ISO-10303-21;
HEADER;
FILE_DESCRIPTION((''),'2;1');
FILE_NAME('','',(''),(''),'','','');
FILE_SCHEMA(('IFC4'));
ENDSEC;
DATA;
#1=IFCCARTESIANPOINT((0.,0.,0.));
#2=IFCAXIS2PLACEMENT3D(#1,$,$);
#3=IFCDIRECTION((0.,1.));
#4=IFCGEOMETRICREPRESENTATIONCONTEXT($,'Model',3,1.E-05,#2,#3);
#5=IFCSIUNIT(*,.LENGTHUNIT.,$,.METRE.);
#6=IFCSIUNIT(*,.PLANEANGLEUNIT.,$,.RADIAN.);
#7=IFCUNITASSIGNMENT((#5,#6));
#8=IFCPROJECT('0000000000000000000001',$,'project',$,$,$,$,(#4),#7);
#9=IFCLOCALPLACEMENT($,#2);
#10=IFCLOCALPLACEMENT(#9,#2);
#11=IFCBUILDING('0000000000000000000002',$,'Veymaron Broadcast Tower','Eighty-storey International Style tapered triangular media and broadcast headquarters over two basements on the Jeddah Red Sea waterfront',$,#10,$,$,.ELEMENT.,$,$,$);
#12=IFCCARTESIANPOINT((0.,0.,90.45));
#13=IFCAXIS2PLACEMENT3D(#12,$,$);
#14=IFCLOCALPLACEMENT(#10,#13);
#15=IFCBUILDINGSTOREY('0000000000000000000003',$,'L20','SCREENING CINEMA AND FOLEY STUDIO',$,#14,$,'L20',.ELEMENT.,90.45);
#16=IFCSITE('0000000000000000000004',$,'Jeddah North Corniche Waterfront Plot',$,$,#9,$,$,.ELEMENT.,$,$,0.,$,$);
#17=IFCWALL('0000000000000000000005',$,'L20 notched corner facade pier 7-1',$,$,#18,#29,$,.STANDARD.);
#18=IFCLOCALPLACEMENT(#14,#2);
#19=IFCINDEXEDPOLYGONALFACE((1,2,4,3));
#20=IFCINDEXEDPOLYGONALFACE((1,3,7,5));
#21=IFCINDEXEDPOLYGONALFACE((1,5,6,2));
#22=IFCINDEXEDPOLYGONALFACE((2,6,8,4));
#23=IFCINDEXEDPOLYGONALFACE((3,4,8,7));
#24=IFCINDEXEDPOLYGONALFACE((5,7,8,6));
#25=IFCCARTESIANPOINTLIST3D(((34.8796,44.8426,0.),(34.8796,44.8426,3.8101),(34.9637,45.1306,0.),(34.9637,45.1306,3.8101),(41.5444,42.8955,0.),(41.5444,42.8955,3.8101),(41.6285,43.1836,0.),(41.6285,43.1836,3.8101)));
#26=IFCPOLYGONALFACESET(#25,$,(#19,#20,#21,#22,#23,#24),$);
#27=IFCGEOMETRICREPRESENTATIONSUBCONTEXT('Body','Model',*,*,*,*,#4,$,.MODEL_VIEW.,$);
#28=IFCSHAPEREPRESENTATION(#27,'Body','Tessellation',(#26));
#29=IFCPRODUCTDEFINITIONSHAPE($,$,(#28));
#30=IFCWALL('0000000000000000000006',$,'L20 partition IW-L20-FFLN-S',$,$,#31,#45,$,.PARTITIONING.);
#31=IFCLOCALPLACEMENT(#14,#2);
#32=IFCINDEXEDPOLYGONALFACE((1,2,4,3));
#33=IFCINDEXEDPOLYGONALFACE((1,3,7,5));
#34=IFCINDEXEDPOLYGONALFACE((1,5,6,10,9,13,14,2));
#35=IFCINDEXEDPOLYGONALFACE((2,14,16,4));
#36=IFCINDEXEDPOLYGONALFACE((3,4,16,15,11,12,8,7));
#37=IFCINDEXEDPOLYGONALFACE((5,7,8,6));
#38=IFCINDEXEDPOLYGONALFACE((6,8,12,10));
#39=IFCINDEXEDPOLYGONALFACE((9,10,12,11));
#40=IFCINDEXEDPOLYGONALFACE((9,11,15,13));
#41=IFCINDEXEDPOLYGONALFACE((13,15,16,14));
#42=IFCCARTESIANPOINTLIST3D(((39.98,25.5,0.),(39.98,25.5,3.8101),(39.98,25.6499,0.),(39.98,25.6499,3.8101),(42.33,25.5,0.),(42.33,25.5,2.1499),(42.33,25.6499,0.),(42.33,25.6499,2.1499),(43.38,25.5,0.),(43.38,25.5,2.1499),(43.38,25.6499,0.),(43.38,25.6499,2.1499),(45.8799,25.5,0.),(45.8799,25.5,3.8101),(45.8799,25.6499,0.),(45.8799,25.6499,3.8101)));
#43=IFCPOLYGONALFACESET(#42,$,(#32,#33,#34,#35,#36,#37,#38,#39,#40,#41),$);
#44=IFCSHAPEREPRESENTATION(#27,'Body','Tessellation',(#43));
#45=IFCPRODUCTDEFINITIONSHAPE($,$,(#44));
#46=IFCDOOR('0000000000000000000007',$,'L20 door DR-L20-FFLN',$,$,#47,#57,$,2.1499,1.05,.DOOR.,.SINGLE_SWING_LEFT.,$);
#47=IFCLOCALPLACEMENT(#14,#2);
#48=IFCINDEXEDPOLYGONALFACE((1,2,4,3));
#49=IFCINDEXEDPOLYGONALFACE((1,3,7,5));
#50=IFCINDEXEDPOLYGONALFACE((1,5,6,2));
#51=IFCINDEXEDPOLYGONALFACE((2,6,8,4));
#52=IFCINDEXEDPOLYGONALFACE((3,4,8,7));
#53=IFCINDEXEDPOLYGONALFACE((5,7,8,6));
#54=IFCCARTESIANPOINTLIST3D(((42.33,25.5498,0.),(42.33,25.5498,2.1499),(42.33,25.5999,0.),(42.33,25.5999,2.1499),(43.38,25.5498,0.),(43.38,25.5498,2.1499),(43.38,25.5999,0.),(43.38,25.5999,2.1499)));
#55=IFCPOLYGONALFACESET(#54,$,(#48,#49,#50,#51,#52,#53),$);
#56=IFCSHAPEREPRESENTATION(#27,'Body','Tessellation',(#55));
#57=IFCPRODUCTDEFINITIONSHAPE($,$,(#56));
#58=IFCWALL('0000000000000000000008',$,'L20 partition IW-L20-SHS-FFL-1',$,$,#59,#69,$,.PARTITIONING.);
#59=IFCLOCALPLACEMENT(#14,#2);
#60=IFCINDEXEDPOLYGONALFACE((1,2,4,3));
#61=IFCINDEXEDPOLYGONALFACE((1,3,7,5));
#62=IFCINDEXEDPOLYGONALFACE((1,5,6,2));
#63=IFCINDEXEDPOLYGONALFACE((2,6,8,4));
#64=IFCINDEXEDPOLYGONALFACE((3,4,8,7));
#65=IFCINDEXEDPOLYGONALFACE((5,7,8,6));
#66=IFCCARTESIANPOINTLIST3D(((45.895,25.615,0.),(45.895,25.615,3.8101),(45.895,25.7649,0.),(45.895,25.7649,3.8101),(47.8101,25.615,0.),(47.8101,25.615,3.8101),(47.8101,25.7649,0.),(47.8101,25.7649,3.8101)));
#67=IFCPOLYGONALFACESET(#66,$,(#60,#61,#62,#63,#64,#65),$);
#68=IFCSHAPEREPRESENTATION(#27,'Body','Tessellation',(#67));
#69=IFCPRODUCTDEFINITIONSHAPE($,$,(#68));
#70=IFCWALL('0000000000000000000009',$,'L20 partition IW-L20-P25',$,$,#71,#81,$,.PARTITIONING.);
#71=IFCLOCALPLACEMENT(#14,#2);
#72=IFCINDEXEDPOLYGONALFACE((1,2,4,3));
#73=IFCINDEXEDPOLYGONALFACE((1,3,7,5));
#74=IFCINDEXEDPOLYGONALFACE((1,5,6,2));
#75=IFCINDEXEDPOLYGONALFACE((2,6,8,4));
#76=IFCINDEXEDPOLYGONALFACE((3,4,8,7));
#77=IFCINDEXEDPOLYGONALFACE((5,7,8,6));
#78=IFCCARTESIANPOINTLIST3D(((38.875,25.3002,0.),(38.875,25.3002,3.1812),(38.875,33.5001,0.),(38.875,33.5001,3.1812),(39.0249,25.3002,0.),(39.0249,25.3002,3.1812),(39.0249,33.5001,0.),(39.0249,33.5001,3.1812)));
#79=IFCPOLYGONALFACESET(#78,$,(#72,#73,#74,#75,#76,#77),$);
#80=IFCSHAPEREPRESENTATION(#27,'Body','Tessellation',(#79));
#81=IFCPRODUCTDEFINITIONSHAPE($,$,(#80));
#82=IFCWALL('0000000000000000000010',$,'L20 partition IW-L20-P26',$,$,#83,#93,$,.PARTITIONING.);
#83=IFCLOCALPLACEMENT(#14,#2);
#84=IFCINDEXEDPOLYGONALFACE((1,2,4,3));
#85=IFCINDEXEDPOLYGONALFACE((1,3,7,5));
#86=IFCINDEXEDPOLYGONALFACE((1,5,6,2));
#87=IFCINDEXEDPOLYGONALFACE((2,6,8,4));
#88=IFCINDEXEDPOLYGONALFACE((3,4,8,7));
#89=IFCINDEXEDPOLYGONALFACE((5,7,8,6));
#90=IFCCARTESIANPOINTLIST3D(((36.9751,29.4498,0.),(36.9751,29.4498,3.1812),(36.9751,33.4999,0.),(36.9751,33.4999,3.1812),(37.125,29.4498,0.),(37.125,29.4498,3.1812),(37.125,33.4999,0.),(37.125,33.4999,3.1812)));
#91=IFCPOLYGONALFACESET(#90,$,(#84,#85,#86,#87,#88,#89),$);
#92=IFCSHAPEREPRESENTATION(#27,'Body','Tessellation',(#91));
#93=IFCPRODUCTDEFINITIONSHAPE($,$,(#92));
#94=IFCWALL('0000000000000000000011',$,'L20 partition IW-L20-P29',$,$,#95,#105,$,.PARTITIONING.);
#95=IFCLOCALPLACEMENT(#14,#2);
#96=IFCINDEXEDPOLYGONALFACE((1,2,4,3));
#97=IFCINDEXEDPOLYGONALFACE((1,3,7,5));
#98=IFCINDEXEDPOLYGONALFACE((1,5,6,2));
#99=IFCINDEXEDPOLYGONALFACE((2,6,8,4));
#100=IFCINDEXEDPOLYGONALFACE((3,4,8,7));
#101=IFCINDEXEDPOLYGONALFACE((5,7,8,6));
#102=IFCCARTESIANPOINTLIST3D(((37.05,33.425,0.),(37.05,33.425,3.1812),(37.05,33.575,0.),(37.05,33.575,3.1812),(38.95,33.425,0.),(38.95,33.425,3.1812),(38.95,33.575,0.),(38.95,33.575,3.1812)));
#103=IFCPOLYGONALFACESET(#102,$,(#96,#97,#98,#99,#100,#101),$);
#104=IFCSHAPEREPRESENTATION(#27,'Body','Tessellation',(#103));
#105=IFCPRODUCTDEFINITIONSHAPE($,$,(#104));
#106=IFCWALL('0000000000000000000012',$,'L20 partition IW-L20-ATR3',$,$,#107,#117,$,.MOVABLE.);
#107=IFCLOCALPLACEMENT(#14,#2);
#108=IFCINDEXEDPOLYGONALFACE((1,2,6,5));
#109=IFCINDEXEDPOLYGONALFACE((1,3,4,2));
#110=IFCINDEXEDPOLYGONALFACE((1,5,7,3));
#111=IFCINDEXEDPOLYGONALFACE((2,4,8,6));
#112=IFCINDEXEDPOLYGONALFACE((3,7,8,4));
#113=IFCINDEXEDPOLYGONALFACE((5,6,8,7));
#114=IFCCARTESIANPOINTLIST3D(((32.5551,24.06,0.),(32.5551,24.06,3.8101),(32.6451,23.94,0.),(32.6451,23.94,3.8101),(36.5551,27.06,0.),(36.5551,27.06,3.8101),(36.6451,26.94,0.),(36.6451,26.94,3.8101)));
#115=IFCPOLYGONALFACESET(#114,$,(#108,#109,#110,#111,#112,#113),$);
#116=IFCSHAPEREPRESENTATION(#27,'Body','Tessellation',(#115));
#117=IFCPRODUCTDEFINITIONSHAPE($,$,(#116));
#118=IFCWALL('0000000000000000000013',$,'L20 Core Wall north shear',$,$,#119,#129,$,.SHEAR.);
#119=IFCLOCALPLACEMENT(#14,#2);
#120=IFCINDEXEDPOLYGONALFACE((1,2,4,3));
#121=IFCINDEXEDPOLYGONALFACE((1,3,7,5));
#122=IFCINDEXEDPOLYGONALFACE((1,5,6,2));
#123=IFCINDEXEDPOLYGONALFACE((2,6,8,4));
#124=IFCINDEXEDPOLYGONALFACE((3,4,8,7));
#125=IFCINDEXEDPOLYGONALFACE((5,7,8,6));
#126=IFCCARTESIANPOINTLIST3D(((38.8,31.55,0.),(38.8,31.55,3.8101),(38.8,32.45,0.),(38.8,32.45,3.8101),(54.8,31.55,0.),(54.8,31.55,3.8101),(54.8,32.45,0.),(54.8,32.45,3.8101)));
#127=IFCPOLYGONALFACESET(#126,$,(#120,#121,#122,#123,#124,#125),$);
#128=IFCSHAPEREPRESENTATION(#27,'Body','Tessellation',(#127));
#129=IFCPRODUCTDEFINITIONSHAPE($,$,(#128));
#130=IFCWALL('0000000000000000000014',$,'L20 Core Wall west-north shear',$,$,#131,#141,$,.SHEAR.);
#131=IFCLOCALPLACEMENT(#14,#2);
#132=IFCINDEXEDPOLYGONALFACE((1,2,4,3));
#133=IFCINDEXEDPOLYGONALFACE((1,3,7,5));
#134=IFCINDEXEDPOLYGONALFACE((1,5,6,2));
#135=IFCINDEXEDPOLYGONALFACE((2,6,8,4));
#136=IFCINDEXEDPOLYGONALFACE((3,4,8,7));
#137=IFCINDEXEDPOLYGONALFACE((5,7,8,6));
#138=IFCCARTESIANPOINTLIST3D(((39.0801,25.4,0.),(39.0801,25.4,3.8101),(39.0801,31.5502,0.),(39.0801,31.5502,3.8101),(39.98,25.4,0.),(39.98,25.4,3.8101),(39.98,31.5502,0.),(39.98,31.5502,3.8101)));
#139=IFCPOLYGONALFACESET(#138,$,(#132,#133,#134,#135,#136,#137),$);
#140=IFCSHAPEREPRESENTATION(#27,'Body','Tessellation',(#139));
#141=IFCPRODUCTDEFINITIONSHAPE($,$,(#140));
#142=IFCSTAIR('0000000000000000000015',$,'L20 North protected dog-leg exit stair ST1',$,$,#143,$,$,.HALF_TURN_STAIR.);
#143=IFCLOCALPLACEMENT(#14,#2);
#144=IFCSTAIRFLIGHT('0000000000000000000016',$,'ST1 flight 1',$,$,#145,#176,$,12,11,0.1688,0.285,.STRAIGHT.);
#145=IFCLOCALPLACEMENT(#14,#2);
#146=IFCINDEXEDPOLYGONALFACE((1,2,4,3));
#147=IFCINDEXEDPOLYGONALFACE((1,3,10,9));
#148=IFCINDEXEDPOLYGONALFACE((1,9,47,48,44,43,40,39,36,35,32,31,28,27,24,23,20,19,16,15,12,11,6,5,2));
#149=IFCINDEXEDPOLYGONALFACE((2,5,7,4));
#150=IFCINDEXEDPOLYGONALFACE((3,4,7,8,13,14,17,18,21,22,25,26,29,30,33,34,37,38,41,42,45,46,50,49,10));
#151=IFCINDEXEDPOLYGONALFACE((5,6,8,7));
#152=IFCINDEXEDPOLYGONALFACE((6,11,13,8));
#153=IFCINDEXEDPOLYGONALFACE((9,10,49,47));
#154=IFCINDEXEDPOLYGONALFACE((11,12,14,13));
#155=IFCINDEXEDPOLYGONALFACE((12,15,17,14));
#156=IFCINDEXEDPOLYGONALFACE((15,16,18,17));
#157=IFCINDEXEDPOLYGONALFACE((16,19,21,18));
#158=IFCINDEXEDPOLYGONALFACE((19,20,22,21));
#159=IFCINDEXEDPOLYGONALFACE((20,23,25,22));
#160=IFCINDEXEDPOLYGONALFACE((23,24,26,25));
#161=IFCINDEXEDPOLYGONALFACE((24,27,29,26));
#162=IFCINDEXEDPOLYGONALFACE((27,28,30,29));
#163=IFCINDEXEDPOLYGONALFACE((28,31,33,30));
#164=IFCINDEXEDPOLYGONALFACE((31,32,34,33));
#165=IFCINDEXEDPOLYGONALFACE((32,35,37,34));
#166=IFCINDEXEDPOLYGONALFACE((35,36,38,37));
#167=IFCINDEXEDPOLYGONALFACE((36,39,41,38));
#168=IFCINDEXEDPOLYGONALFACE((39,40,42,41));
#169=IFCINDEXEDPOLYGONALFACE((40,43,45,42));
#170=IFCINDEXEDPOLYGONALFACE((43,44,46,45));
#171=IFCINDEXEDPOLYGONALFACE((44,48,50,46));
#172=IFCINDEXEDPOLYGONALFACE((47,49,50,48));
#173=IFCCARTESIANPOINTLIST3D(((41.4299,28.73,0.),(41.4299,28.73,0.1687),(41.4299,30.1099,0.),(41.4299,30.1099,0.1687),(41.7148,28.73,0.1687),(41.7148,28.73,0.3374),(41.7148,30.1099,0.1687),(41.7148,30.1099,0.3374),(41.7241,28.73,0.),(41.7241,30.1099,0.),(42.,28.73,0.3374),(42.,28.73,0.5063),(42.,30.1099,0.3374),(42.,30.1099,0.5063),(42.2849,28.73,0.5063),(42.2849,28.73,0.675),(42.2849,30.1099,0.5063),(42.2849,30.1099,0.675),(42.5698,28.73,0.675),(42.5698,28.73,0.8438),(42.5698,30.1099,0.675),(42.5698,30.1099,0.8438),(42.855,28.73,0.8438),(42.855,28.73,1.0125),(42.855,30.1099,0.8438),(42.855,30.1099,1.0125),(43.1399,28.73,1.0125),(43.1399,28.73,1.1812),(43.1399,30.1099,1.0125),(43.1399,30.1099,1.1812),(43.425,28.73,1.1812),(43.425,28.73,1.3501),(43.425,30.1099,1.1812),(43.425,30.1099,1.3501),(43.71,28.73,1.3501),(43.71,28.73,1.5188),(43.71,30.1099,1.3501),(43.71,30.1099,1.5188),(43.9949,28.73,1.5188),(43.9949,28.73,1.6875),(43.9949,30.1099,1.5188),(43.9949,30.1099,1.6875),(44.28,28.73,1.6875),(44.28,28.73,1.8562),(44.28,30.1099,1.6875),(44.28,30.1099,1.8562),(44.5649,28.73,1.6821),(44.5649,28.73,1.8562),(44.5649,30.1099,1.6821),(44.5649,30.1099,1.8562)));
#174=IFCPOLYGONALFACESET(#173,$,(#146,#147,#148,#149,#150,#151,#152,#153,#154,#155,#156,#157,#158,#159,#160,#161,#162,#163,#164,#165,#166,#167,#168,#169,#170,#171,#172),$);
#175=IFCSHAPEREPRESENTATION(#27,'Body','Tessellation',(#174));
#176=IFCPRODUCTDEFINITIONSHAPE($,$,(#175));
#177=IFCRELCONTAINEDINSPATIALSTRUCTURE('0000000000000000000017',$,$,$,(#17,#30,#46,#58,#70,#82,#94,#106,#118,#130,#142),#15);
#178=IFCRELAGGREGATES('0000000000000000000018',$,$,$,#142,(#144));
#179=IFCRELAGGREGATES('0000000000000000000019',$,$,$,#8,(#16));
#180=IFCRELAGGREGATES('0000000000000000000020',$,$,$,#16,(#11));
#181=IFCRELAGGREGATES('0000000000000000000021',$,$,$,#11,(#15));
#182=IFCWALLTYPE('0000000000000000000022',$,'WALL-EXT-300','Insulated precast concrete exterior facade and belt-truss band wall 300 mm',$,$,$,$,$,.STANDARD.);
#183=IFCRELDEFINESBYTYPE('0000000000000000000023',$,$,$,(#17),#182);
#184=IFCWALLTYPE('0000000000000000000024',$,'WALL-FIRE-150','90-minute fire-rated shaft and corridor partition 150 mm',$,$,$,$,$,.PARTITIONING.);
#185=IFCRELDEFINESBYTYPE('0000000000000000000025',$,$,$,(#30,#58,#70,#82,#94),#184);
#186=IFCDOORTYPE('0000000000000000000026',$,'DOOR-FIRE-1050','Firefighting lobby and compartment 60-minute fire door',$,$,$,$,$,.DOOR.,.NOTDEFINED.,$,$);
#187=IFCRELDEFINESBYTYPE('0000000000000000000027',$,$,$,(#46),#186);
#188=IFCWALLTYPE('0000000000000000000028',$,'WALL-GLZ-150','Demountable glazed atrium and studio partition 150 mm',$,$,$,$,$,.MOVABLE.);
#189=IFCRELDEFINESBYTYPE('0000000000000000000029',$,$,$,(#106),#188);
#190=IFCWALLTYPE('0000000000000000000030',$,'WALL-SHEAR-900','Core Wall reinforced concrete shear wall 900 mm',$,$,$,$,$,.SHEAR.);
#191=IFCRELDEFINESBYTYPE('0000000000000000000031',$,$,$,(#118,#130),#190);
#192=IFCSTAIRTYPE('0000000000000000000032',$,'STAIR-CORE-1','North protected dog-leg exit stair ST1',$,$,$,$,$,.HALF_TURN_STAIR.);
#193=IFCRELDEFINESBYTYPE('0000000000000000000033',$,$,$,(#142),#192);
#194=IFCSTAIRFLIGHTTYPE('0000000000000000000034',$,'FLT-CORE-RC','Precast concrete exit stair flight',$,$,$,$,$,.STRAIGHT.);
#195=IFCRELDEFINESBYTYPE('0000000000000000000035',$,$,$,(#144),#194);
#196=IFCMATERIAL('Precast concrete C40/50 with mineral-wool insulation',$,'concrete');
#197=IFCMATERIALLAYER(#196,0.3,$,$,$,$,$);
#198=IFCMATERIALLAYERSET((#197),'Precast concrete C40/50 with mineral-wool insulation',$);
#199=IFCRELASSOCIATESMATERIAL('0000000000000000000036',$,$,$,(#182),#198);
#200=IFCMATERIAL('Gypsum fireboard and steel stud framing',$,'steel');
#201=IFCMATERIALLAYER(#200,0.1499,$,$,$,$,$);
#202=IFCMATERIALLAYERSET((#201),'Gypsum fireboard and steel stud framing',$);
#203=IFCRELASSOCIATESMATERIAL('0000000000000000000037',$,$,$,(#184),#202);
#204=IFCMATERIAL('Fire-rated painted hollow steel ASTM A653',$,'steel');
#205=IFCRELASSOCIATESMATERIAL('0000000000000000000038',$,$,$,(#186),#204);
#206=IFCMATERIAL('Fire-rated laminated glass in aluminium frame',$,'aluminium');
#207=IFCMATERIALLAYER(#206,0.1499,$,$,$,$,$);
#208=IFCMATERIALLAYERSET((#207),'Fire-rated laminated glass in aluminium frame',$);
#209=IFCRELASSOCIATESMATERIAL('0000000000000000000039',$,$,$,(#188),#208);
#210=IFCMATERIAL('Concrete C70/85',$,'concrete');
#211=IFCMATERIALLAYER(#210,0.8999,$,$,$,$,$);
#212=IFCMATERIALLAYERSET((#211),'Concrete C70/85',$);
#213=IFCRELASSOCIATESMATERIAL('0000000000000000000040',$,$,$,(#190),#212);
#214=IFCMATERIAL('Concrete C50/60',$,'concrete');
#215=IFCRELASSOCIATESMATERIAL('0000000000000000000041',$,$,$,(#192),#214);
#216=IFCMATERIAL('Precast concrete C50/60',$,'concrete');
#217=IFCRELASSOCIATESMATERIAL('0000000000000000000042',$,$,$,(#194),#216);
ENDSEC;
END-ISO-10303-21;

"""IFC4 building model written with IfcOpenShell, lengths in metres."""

from ifc_helpers import new_model, si_unit, direction, frame, frame_2d, origin, place, context, subcontext, project, spatial, polyline, rectangle, outline, extrude, material, layer, layer_set, type_object, element, fill, aggregate, save


model = new_model("IFC4")

# Units and contexts
model_context = context("Model", 3, precision=1e-05, world=origin(), true_north=direction((0.0, 1.0)))
body_context = subcontext(model_context, "Body", "Model", "MODEL_VIEW")
ifc_project = project(units=[si_unit("LENGTHUNIT", "METRE"), si_unit("PLANEANGLEUNIT", "RADIAN")], contexts=[model_context])

# Site, building, storey
site_placement = place(None, origin())
site = spatial("IfcSite", under=ifc_project, at=site_placement, Name="Jeddah North Corniche Waterfront Plot", CompositionType="ELEMENT", RefElevation=0.0)
building_placement = place(site_placement, origin())
building = spatial("IfcBuilding", under=site, at=building_placement, Name="Veymaron Broadcast Tower", Description="Eighty-storey International Style tapered triangular media and broadcast headquarters over two basements on the Jeddah Red Sea waterfront", CompositionType="ELEMENT")
storey_placement = place(building_placement, frame((0.0, 0.0, 90.45)))
storey = spatial("IfcBuildingStorey", under=building, at=storey_placement, Name="L20", Description="SCREENING CINEMA AND FOLEY STUDIO", LongName="L20", CompositionType="ELEMENT", Elevation=90.45)

# Wall
ifc_material_1 = material(Name="Precast concrete C40/50 with mineral-wool insulation", Category="concrete")
ifc_layer_1 = layer(ifc_material_1, 0.3)
ifc_layer_set_1 = layer_set([ifc_layer_1], Name="Precast concrete C40/50 with mineral-wool insulation")
wall_type_1 = type_object("IfcWallType", Name="WALL-EXT-300", Description="Insulated precast concrete exterior facade and belt-truss band wall 300 mm", PredefinedType="STANDARD", material=ifc_layer_set_1)
wall_1_placement = place(storey_placement, frame((41.5864, 43.0396, 0.0), z_axis=(0.0, 0.0, 1.0), x_axis=(-0.959879, 0.280414, 0.0)))
element("IfcWall", 1, at=wall_1_placement, inside=storey, type_object=wall_type_1, Name="L20 notched corner facade pier 7-1", PredefinedType="STANDARD", context=body_context, shape_type="SweptSolid", body=[
    extrude(rectangle(XDim=6.9434, YDim=0.3, at=frame_2d((3.4717, 0.0))), origin(), (0.0, 0.0, 1.0), 3.8101),
])

# Wall, opening, door
ifc_material_2 = material(Name="Gypsum fireboard and steel stud framing", Category="steel")
ifc_layer_2 = layer(ifc_material_2, 0.1499)
ifc_layer_set_2 = layer_set([ifc_layer_2], Name="Gypsum fireboard and steel stud framing")
wall_type_2 = type_object("IfcWallType", Name="WALL-FIRE-150", Description="90-minute fire-rated shaft and corridor partition 150 mm", PredefinedType="PARTITIONING", material=ifc_layer_set_2)
wall_2_placement = place(storey_placement, frame((39.98, 25.575, 0.0), z_axis=(0.0, 0.0, 1.0), x_axis=(1.0, 0.0, 0.0)))
wall_2 = element("IfcWall", 2, at=wall_2_placement, inside=storey, type_object=wall_type_2, Name="L20 partition IW-L20-FFLN-S", PredefinedType="PARTITIONING", context=body_context, shape_type="SweptSolid", body=[
    extrude(rectangle(XDim=5.8999, YDim=0.1499, at=frame_2d((2.95, 0.0))), origin(), (0.0, 0.0, 1.0), 3.8101),
])
opening_1_placement = place(wall_2_placement, frame((2.3501, 0.0, 0.0)))
opening_1 = element("IfcOpeningElement", 3, at=opening_1_placement, cuts=wall_2, PredefinedType="OPENING", context=body_context, shape_type="SweptSolid", body=[
    extrude(rectangle(XDim=1.05, YDim=2.1499, at=frame_2d((0.5249, 1.075))), frame((0.0, 0.085, 0.0), z_axis=(0.0, -1.0, 0.0), x_axis=(1.0, 0.0, 0.0)), (0.0, 0.0, 1.0), 0.1699),
])
ifc_material_3 = material(Name="Fire-rated painted hollow steel ASTM A653", Category="steel")
door_type_1 = type_object("IfcDoorType", Name="DOOR-FIRE-1050", Description="Firefighting lobby and compartment 60-minute fire door", OperationType="NOTDEFINED", PredefinedType="DOOR", material=ifc_material_3)
door_1_placement = place(opening_1_placement, origin())
door_1 = element("IfcDoor", 4, at=door_1_placement, inside=storey, type_object=door_type_1, Name="L20 door DR-L20-FFLN", OperationType="SINGLE_SWING_LEFT", OverallHeight=2.1499, OverallWidth=1.05, PredefinedType="DOOR", context=body_context, shape_type="SweptSolid", body=[
    extrude(rectangle(XDim=1.05, YDim=2.1499, at=frame_2d((0.5249, 1.075))), frame((0.0, 0.0249, 0.0), z_axis=(0.0, -1.0, 0.0), x_axis=(1.0, 0.0, 0.0)), (0.0, 0.0, 1.0), 0.05),
])
fill(opening_1, door_1)

# Walls
wall_3_placement = place(storey_placement, frame((45.895, 25.6899, 0.0), z_axis=(0.0, 0.0, 1.0), x_axis=(1.0, 0.0, 0.0)))
element("IfcWall", 5, at=wall_3_placement, inside=storey, type_object=wall_type_2, Name="L20 partition IW-L20-SHS-FFL-1", PredefinedType="PARTITIONING", context=body_context, shape_type="SweptSolid", body=[
    extrude(rectangle(XDim=1.915, YDim=0.1499, at=frame_2d((0.9575, 0.0))), origin(), (0.0, 0.0, 1.0), 3.8101),
])
wall_4_placement = place(storey_placement, frame((38.95, 25.3, 0.0), z_axis=(0.0, 0.0, 1.0), x_axis=(0.0, 1.0, 0.0)))
element("IfcWall", 6, at=wall_4_placement, inside=storey, type_object=wall_type_2, Name="L20 partition IW-L20-P25", PredefinedType="PARTITIONING", context=body_context, shape_type="SweptSolid", body=[
    extrude(rectangle(XDim=8.2, YDim=0.1499, at=frame_2d((4.1001, 0.0))), origin(), (0.0, 0.0, 1.0), 3.1812),
])
wall_5_placement = place(storey_placement, frame((37.05, 29.45, 0.0), z_axis=(0.0, 0.0, 1.0), x_axis=(0.0, 1.0, 0.0)))
element("IfcWall", 7, at=wall_5_placement, inside=storey, type_object=wall_type_2, Name="L20 partition IW-L20-P26", PredefinedType="PARTITIONING", context=body_context, shape_type="SweptSolid", body=[
    extrude(rectangle(XDim=4.05, YDim=0.1499, at=frame_2d((2.0249, 0.0))), origin(), (0.0, 0.0, 1.0), 3.1812),
])
wall_6_placement = place(storey_placement, frame((37.05, 33.5, 0.0), z_axis=(0.0, 0.0, 1.0), x_axis=(1.0, 0.0, 0.0)))
element("IfcWall", 8, at=wall_6_placement, inside=storey, type_object=wall_type_2, Name="L20 partition IW-L20-P29", PredefinedType="PARTITIONING", context=body_context, shape_type="SweptSolid", body=[
    extrude(rectangle(XDim=1.8999, YDim=0.1499, at=frame_2d((0.95, 0.0))), origin(), (0.0, 0.0, 1.0), 3.1812),
])
ifc_material_4 = material(Name="Fire-rated laminated glass in aluminium frame", Category="aluminium")
ifc_layer_3 = layer(ifc_material_4, 0.1499)
ifc_layer_set_3 = layer_set([ifc_layer_3], Name="Fire-rated laminated glass in aluminium frame")
wall_type_3 = type_object("IfcWallType", Name="WALL-GLZ-150", Description="Demountable glazed atrium and studio partition 150 mm", PredefinedType="MOVABLE", material=ifc_layer_set_3)
wall_7_placement = place(storey_placement, frame((36.6001, 27.0, 0.0), z_axis=(0.0, 0.0, 1.0), x_axis=(-0.8, -0.6, 0.0)))
element("IfcWall", 9, at=wall_7_placement, inside=storey, type_object=wall_type_3, Name="L20 partition IW-L20-ATR3", PredefinedType="MOVABLE", context=body_context, shape_type="SweptSolid", body=[
    extrude(rectangle(XDim=5.0, YDim=0.1499, at=frame_2d((2.5, 0.0))), origin(), (0.0, 0.0, 1.0), 3.8101),
])

# Shared definitions
ifc_material_5 = material(Name="Concrete C50/60", Category="concrete")

# Walls
ifc_material_6 = material(Name="Concrete C70/85", Category="concrete")
ifc_layer_4 = layer(ifc_material_6, 0.8999)
ifc_layer_set_4 = layer_set([ifc_layer_4], Name="Concrete C70/85")
wall_type_4 = type_object("IfcWallType", Name="WALL-SHEAR-900", Description="Core Wall reinforced concrete shear wall 900 mm", PredefinedType="SHEAR", material=ifc_layer_set_4)
wall_8_placement = place(storey_placement, frame((38.8, 32.0, 0.0), z_axis=(0.0, 0.0, 1.0), x_axis=(1.0, 0.0, 0.0)))
element("IfcWall", 10, at=wall_8_placement, inside=storey, type_object=wall_type_4, Name="L20 Core Wall north shear", PredefinedType="SHEAR", context=body_context, shape_type="SweptSolid", body=[
    extrude(rectangle(XDim=16.0, YDim=0.8999, at=frame_2d((8.0, 0.0))), origin(), (0.0, 0.0, 1.0), 3.8101),
])
wall_9_placement = place(storey_placement, frame((39.53, 25.3999, 0.0), z_axis=(0.0, 0.0, 1.0), x_axis=(0.0, 1.0, 0.0)))
element("IfcWall", 11, at=wall_9_placement, inside=storey, type_object=wall_type_4, Name="L20 Core Wall west-north shear", PredefinedType="SHEAR", context=body_context, shape_type="SweptSolid", body=[
    extrude(rectangle(XDim=6.1501, YDim=0.8999, at=frame_2d((3.0752, 0.0))), origin(), (0.0, 0.0, 1.0), 3.8101),
])

# Stair, stair flight
stair_type = type_object("IfcStairType", Name="STAIR-CORE-1", Description="North protected dog-leg exit stair ST1", PredefinedType="HALF_TURN_STAIR", material=ifc_material_5)
stair_placement = place(storey_placement, origin())
stair = element("IfcStair", 12, at=stair_placement, inside=storey, type_object=stair_type, Name="L20 North protected dog-leg exit stair ST1", PredefinedType="HALF_TURN_STAIR")
ifc_material_7 = material(Name="Precast concrete C50/60", Category="concrete")
stair_flight_type = type_object("IfcStairFlightType", Name="FLT-CORE-RC", Description="Precast concrete exit stair flight", PredefinedType="STRAIGHT", material=ifc_material_7)
stair_flight_1_placement = place(storey_placement, frame((41.4299, 29.4199, 0.0), z_axis=(0.0, 0.0, 1.0), x_axis=(1.0, 0.0, 0.0)))
stair_flight_1 = element("IfcStairFlight", 13, at=stair_flight_1_placement, type_object=stair_flight_type, Name="ST1 flight 1", NumberOfRisers=12, NumberOfTreads=11, PredefinedType="STRAIGHT", RiserHeight=0.1688, TreadLength=0.285, context=body_context, shape_type="SweptSolid", body=[
    extrude(outline(polyline([(0.0, 0.0), (0.0, 0.1687), (0.2849, 0.1687), (0.2849, 0.3374), (0.5701, 0.3374), (0.5701, 0.5063), (0.855, 0.5063), (0.855, 0.675), (1.1399, 0.675), (1.1399, 0.8438), (1.425, 0.8438), (1.425, 1.0125), (1.71, 1.0125), (1.71, 1.1812), (1.9951, 1.1812), (1.9951, 1.3501), (2.28, 1.3501), (2.28, 1.5188), (2.5649, 1.5188), (2.5649, 1.6875), (2.8501, 1.6875), (2.8501, 1.8562), (3.135, 1.8562), (3.135, 2.0249), (3.135, 1.6821), (0.2942, 0.0), (0.0, 0.0)])), frame((0.0, 0.6899, 0.0), z_axis=(0.0, -1.0, 0.0), x_axis=(1.0, 0.0, 0.0)), (0.0, 0.0, 1.0), 1.3799),
])
aggregate(stair, [stair_flight_1])

save(model, "model.ifc")
